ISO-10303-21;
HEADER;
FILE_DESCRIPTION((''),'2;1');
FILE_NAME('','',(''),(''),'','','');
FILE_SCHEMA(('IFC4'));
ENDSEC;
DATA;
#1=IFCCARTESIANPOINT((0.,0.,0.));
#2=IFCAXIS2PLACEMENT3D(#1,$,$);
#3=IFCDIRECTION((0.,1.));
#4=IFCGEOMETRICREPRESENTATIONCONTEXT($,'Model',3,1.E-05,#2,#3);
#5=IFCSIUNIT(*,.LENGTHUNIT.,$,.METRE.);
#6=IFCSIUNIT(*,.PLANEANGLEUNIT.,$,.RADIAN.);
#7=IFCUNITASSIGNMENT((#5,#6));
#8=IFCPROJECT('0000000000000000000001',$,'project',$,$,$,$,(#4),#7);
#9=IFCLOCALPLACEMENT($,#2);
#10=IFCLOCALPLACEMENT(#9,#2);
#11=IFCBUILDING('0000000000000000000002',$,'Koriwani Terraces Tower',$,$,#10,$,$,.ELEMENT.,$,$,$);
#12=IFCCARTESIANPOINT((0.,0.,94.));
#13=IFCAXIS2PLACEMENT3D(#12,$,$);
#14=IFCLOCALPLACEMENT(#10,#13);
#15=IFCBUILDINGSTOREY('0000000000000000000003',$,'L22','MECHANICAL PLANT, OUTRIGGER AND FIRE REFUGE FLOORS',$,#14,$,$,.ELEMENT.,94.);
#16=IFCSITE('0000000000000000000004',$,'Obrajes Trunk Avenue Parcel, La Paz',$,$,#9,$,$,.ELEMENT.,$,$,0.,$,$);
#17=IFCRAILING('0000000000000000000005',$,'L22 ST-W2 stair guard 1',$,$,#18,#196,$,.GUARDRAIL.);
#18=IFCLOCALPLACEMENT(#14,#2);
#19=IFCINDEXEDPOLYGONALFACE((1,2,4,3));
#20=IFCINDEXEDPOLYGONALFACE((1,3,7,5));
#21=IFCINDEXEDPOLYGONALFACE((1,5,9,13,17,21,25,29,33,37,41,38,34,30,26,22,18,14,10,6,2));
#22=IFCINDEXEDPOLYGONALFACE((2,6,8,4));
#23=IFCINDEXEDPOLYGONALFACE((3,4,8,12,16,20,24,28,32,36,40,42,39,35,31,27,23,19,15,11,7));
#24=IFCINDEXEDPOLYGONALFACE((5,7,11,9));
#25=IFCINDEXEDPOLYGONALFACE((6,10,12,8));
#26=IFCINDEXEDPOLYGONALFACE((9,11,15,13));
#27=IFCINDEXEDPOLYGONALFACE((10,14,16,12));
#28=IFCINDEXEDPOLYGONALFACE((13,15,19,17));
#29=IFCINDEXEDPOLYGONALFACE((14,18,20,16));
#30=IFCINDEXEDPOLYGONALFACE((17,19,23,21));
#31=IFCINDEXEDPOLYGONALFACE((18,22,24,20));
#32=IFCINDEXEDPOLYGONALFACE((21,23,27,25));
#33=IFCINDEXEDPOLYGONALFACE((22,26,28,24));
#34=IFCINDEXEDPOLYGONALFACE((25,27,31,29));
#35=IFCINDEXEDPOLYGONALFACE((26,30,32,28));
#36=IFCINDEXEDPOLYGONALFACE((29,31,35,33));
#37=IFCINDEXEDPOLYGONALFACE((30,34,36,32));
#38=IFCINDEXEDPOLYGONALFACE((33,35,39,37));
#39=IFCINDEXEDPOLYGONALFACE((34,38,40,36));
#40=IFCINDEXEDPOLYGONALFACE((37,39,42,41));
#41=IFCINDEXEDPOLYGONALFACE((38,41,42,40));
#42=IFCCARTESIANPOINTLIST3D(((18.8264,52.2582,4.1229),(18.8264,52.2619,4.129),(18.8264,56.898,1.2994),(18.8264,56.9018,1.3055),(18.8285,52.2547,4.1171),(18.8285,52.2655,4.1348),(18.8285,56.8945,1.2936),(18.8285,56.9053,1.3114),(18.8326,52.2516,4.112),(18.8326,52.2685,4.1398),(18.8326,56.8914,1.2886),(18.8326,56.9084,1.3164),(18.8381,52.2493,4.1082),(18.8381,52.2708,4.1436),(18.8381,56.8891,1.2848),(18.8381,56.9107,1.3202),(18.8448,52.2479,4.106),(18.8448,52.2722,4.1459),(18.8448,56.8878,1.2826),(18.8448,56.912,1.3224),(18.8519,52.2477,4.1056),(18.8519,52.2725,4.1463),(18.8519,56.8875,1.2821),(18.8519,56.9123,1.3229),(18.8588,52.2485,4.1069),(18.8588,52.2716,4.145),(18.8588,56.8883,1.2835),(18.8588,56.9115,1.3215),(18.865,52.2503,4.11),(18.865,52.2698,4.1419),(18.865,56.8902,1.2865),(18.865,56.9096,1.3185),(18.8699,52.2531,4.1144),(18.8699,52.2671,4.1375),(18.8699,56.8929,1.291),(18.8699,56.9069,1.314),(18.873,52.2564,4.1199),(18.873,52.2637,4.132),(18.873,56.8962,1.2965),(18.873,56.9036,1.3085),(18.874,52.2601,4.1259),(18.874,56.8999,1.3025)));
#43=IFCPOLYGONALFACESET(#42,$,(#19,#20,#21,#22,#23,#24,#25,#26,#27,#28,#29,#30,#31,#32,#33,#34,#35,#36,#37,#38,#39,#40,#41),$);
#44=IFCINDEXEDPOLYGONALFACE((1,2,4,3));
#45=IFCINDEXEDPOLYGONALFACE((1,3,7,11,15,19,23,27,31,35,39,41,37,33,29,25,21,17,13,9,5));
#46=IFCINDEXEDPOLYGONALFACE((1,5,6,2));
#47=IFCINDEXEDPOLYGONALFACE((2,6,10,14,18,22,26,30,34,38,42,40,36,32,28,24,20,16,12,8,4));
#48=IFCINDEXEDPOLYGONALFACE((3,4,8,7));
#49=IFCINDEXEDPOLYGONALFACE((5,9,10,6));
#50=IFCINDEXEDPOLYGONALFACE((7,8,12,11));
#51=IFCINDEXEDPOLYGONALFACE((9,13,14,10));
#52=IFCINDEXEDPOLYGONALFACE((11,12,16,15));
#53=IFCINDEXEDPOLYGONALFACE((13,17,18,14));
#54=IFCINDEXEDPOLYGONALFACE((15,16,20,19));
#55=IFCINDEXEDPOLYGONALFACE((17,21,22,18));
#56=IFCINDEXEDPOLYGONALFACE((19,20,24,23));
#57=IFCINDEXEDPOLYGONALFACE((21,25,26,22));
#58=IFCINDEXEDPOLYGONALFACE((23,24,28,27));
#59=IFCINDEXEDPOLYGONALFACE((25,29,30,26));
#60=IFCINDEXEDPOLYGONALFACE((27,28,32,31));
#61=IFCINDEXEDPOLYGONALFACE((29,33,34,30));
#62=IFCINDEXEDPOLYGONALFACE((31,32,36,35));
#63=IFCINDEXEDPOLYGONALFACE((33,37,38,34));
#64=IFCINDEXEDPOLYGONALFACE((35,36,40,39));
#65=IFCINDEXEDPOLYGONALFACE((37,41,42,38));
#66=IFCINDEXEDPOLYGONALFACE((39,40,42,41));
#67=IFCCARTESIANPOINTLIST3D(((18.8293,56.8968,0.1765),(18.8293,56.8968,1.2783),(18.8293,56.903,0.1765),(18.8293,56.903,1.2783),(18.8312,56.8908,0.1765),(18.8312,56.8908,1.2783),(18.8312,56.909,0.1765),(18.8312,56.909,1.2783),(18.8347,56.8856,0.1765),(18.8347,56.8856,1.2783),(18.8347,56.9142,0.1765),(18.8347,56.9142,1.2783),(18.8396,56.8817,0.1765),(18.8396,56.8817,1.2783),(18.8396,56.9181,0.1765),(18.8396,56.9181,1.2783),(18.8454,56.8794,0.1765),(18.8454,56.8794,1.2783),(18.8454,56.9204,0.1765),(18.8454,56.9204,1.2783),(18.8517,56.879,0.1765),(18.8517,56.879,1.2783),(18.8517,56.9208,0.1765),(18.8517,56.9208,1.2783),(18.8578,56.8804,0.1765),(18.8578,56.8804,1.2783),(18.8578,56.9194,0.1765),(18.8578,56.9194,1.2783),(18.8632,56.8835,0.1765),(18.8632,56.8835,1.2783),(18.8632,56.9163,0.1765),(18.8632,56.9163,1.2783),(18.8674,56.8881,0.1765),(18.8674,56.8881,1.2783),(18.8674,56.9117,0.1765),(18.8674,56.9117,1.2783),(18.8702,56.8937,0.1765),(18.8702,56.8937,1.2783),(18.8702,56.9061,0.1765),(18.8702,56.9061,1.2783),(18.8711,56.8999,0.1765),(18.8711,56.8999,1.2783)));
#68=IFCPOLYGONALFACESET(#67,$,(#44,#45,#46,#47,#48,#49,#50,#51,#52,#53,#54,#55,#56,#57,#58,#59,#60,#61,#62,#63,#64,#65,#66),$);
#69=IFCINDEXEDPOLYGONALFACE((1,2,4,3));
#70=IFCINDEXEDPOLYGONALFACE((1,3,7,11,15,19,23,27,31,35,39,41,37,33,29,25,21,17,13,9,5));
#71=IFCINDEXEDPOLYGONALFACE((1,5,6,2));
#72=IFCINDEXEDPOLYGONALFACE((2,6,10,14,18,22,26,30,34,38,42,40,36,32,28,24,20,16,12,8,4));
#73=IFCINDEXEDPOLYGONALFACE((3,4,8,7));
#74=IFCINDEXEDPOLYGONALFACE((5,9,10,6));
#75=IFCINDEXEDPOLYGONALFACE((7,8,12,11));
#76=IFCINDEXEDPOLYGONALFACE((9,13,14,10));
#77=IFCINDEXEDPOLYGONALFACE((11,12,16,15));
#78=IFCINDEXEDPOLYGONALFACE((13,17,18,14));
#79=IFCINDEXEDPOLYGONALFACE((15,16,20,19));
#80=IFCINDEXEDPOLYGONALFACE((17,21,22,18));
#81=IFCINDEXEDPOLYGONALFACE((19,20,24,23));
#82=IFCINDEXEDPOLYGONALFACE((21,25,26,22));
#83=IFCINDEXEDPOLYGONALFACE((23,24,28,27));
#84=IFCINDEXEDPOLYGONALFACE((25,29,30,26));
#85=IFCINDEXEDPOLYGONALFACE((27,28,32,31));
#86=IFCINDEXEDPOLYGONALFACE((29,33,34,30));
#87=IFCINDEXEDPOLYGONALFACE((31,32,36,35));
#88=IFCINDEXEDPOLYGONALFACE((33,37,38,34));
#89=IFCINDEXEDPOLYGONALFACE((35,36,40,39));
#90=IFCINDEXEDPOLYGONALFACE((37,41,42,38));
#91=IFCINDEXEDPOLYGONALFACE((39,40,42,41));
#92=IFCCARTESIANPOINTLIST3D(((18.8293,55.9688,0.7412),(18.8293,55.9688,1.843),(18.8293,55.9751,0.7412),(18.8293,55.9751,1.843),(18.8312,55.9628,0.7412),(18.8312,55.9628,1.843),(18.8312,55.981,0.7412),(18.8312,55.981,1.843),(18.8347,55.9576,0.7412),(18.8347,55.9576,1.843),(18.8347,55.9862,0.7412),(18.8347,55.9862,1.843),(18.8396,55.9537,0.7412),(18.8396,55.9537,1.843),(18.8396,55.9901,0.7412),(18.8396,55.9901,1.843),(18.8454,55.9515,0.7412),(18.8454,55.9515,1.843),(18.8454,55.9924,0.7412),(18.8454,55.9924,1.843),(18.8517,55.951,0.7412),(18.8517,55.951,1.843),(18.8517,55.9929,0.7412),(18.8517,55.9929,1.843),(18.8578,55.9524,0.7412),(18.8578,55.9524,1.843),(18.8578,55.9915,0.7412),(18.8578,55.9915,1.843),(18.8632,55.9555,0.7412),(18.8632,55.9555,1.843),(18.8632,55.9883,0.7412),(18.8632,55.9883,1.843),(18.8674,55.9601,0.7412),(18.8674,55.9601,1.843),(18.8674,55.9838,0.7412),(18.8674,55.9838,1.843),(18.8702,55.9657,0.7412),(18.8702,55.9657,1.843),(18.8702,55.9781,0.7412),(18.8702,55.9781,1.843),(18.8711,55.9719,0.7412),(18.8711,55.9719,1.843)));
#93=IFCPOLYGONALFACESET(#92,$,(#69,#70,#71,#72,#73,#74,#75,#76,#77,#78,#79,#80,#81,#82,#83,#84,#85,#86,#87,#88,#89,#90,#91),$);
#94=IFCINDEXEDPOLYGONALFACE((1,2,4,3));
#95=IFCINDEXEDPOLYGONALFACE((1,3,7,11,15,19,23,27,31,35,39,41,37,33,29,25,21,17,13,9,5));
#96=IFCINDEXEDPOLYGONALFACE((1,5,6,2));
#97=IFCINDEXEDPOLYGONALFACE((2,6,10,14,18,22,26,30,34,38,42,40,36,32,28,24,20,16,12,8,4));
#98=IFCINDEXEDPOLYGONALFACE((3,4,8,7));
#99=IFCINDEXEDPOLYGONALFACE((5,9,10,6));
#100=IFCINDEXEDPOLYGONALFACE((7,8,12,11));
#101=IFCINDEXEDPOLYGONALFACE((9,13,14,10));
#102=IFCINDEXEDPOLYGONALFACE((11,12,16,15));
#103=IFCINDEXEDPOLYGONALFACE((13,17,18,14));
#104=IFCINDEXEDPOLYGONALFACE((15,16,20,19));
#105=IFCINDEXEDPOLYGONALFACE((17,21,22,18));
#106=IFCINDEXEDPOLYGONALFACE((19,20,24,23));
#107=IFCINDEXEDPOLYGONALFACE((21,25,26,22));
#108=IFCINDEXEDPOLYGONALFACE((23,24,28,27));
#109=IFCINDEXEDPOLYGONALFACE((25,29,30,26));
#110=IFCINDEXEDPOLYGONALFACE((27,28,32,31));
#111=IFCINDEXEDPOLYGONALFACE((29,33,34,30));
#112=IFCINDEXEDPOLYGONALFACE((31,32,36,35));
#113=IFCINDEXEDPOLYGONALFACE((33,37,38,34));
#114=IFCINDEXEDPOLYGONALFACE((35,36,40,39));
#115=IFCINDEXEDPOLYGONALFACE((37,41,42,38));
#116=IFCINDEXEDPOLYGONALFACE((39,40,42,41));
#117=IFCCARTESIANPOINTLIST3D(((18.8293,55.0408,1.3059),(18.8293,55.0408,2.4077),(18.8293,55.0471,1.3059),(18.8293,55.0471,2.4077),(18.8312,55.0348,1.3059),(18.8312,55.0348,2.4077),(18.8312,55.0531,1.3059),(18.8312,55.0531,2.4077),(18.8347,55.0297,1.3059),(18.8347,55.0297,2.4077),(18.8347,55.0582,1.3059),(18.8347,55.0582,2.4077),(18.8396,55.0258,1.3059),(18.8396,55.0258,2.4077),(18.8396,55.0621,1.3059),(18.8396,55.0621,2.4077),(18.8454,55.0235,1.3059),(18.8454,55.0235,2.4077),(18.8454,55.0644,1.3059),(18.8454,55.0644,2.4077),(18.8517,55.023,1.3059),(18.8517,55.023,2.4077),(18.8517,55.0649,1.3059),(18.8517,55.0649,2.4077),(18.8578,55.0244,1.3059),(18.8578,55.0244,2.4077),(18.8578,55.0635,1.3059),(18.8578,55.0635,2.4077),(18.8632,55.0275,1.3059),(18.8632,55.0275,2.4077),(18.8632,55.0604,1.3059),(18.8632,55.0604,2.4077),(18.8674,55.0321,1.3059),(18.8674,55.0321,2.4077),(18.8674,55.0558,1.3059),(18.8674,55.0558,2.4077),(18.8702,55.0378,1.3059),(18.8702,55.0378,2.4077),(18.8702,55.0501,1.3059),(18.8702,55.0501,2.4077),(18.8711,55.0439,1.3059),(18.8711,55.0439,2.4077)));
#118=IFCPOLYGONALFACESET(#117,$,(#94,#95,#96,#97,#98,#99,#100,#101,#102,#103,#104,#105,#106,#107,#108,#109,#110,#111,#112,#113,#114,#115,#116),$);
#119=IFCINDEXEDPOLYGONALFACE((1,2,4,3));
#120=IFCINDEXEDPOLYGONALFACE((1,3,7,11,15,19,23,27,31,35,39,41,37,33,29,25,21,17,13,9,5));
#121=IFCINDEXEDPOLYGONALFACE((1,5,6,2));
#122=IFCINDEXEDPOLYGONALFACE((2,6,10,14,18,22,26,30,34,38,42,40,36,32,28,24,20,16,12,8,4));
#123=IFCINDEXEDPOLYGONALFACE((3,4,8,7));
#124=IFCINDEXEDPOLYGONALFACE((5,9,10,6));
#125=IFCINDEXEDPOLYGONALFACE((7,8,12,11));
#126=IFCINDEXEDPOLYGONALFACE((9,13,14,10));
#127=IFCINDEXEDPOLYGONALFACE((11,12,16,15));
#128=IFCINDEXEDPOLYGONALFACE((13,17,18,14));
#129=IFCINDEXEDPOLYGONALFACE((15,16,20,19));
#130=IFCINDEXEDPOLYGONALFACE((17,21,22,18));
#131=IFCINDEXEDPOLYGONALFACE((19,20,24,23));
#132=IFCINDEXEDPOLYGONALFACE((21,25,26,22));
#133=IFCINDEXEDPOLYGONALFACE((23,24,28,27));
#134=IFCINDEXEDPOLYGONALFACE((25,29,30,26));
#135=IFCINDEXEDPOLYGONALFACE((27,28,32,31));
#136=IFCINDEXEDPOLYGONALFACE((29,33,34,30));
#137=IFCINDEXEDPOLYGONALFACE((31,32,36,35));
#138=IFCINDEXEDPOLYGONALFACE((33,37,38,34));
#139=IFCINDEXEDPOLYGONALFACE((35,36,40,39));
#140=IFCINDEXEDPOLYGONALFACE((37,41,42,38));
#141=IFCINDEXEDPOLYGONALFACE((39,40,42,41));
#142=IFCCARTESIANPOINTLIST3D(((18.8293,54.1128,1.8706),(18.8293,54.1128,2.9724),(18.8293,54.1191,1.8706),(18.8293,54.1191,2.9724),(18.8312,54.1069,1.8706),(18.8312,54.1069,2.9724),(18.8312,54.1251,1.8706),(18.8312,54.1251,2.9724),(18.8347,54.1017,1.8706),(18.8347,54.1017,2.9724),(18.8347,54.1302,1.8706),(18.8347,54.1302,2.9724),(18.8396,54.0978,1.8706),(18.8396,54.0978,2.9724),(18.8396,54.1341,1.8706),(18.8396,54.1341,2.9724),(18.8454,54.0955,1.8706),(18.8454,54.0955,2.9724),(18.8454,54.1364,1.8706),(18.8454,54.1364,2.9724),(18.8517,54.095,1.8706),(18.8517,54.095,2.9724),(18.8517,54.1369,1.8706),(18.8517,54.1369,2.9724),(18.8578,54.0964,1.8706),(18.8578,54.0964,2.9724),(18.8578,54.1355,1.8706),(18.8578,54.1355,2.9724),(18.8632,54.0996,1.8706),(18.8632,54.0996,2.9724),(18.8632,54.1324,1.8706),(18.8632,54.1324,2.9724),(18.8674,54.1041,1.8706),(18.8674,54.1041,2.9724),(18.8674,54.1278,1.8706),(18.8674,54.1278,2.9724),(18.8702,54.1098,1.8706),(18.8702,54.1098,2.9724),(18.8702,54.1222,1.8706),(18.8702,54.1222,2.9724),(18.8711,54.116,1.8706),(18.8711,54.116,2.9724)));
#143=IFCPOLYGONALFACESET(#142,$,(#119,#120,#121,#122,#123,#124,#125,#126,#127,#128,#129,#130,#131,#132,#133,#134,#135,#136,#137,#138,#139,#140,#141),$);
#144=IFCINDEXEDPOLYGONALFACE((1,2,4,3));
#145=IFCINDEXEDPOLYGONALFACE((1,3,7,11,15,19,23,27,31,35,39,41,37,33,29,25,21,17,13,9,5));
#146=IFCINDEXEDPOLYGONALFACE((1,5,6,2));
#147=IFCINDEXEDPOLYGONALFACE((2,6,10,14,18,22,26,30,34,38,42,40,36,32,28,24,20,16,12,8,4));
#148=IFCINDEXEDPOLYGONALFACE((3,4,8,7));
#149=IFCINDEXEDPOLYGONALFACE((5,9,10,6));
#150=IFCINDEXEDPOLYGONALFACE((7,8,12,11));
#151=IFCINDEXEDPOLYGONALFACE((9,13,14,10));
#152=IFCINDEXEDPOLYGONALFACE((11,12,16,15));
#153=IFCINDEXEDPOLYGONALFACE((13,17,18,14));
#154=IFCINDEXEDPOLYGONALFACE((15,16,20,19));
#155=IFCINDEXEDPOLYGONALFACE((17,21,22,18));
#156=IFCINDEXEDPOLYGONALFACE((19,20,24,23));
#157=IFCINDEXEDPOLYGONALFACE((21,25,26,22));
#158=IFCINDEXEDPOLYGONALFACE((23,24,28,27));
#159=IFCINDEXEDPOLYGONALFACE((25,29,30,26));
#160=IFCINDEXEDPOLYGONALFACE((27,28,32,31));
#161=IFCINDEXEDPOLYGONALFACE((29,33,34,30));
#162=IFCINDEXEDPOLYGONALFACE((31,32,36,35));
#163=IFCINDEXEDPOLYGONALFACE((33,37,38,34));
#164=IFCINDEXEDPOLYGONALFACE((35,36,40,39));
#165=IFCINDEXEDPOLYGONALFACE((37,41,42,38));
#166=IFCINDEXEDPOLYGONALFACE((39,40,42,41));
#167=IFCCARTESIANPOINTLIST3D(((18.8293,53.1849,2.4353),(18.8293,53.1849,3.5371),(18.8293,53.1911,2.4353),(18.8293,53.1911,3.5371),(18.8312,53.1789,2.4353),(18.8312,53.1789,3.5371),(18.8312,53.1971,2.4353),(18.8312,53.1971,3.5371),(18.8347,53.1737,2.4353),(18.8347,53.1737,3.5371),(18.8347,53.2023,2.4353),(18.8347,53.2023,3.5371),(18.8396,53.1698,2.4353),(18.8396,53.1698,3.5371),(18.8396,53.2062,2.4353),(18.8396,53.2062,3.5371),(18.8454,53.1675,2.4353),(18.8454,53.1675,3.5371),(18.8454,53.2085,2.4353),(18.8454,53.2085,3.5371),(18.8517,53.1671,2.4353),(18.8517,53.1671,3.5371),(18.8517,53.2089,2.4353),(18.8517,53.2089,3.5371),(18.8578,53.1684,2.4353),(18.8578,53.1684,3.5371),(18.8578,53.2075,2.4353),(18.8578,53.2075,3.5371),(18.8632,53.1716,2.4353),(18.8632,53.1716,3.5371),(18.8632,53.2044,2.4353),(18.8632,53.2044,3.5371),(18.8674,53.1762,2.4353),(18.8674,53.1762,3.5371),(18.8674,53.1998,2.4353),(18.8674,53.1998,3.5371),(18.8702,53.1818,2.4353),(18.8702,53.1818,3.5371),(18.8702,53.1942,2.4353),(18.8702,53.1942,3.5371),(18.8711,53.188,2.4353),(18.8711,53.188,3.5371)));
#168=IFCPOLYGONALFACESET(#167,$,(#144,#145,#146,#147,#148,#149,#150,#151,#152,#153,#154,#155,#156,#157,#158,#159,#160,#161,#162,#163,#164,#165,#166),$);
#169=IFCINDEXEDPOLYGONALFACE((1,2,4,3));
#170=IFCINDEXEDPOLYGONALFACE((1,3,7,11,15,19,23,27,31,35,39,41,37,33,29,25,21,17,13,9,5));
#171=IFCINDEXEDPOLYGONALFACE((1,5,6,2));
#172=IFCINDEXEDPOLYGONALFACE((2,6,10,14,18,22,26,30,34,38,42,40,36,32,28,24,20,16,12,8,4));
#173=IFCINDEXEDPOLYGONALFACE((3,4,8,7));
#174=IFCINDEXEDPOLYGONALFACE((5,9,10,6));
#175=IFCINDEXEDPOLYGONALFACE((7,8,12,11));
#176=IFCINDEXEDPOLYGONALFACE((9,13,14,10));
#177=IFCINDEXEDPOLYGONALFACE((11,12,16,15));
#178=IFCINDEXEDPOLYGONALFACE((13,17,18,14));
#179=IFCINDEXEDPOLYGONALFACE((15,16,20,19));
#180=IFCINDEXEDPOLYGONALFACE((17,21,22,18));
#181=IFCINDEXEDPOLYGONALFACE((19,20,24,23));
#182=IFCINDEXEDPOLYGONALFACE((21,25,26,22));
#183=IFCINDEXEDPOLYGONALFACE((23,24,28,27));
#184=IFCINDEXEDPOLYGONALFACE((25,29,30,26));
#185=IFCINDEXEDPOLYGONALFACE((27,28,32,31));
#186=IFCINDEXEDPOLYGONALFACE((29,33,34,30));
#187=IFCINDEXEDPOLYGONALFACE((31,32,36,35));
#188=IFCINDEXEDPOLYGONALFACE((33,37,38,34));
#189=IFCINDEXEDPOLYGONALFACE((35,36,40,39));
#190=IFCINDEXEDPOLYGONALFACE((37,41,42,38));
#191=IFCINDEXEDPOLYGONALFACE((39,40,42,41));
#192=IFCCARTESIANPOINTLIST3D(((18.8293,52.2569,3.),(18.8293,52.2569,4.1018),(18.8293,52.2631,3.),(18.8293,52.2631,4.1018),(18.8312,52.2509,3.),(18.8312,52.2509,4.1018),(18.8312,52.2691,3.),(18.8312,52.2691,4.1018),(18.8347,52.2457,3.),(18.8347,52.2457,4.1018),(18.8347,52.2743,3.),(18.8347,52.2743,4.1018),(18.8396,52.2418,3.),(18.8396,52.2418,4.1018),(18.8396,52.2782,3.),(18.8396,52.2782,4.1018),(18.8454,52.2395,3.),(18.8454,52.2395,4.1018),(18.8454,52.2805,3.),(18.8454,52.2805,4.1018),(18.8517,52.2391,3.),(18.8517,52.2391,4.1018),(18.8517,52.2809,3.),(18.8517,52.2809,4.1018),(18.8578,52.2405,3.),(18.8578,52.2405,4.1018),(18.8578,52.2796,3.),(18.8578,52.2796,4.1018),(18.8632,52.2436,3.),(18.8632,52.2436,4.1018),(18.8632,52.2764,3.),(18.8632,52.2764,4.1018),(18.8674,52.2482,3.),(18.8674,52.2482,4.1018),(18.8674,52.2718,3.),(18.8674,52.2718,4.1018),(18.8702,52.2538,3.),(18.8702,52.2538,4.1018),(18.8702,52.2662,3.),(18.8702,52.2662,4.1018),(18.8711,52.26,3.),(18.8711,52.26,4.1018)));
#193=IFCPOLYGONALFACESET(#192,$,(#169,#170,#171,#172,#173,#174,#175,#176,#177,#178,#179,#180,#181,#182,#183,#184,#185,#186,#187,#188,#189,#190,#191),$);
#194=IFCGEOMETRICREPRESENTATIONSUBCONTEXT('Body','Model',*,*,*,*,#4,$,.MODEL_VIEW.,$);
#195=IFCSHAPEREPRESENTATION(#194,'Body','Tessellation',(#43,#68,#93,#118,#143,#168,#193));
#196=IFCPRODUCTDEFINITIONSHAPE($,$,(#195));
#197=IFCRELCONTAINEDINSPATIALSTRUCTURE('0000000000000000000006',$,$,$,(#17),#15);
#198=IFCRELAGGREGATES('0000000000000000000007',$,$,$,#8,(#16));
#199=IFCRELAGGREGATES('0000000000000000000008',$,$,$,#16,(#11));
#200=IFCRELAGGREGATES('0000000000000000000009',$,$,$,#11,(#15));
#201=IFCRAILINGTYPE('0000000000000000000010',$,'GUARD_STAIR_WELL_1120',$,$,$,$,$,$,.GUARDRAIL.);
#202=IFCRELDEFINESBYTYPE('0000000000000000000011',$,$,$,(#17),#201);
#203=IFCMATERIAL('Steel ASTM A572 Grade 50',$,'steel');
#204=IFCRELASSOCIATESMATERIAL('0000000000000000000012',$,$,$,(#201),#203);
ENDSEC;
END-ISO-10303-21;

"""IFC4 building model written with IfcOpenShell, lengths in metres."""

from ifc_helpers import new_model, si_unit, direction, frame, origin, origin_2d, place, context, subcontext, project, spatial, circle, extrude, material, type_object, element, save


model = new_model("IFC4")

# Units and contexts
model_context = context("Model", 3, precision=1e-05, world=origin(), true_north=direction((0.0, 1.0)))
body_context = subcontext(model_context, "Body", "Model", "MODEL_VIEW")
ifc_project = project(units=[si_unit("LENGTHUNIT", "METRE"), si_unit("PLANEANGLEUNIT", "RADIAN")], contexts=[model_context])

# Site, building, storey
site_placement = place(None, origin())
site = spatial("IfcSite", under=ifc_project, at=site_placement, Name="Obrajes Trunk Avenue Parcel, La Paz", CompositionType="ELEMENT", RefElevation=0.0)
building_placement = place(site_placement, origin())
building = spatial("IfcBuilding", under=site, at=building_placement, Name="Koriwani Terraces Tower", CompositionType="ELEMENT")
storey_placement = place(building_placement, frame((0.0, 0.0, 94.0)))
storey = spatial("IfcBuildingStorey", under=building, at=storey_placement, Name="L22", Description="MECHANICAL PLANT, OUTRIGGER AND FIRE REFUGE FLOORS", CompositionType="ELEMENT", Elevation=94.0)

# Shared definitions
ifc_material_1 = material(Name="Steel ASTM A572 Grade 50", Category="steel")

# Railing
railing_type_1 = type_object("IfcRailingType", Name="GUARD_STAIR_WELL_1120", PredefinedType="GUARDRAIL", material=ifc_material_1)
railing_1_placement = place(storey_placement, frame((18.8501, 56.8999, 0.1765)))
element("IfcRailing", 1, at=railing_1_placement, inside=storey, type_object=railing_type_1, Name="L22 ST-W2 stair guard 1", PredefinedType="GUARDRAIL", context=body_context, shape_type="SweptSolid", body=[
    extrude(circle(Radius=0.0239, at=origin_2d()), frame((0.0, 0.0, 1.126), z_axis=(0.0, -0.854264, 0.51984), x_axis=(1.0, 0.0, 0.0)), (0.0, 0.0, 1.0), 5.4314),
    extrude(circle(Radius=0.021, at=origin_2d()), origin(), (0.0, 0.0, 1.0), 1.1018),
    extrude(circle(Radius=0.021, at=origin_2d()), frame((0.0, -0.928, 0.5647)), (0.0, 0.0, 1.0), 1.1018),
    extrude(circle(Radius=0.021, at=origin_2d()), frame((0.0, -1.856, 1.1294)), (0.0, 0.0, 1.0), 1.1018),
    extrude(circle(Radius=0.021, at=origin_2d()), frame((0.0, -2.7839, 1.6941)), (0.0, 0.0, 1.0), 1.1018),
    extrude(circle(Radius=0.021, at=origin_2d()), frame((0.0, -3.7119, 2.2588)), (0.0, 0.0, 1.0), 1.1018),
    extrude(circle(Radius=0.021, at=origin_2d()), frame((0.0, -4.6399, 2.8235)), (0.0, 0.0, 1.0), 1.1018),
])

save(model, "model.ifc")
